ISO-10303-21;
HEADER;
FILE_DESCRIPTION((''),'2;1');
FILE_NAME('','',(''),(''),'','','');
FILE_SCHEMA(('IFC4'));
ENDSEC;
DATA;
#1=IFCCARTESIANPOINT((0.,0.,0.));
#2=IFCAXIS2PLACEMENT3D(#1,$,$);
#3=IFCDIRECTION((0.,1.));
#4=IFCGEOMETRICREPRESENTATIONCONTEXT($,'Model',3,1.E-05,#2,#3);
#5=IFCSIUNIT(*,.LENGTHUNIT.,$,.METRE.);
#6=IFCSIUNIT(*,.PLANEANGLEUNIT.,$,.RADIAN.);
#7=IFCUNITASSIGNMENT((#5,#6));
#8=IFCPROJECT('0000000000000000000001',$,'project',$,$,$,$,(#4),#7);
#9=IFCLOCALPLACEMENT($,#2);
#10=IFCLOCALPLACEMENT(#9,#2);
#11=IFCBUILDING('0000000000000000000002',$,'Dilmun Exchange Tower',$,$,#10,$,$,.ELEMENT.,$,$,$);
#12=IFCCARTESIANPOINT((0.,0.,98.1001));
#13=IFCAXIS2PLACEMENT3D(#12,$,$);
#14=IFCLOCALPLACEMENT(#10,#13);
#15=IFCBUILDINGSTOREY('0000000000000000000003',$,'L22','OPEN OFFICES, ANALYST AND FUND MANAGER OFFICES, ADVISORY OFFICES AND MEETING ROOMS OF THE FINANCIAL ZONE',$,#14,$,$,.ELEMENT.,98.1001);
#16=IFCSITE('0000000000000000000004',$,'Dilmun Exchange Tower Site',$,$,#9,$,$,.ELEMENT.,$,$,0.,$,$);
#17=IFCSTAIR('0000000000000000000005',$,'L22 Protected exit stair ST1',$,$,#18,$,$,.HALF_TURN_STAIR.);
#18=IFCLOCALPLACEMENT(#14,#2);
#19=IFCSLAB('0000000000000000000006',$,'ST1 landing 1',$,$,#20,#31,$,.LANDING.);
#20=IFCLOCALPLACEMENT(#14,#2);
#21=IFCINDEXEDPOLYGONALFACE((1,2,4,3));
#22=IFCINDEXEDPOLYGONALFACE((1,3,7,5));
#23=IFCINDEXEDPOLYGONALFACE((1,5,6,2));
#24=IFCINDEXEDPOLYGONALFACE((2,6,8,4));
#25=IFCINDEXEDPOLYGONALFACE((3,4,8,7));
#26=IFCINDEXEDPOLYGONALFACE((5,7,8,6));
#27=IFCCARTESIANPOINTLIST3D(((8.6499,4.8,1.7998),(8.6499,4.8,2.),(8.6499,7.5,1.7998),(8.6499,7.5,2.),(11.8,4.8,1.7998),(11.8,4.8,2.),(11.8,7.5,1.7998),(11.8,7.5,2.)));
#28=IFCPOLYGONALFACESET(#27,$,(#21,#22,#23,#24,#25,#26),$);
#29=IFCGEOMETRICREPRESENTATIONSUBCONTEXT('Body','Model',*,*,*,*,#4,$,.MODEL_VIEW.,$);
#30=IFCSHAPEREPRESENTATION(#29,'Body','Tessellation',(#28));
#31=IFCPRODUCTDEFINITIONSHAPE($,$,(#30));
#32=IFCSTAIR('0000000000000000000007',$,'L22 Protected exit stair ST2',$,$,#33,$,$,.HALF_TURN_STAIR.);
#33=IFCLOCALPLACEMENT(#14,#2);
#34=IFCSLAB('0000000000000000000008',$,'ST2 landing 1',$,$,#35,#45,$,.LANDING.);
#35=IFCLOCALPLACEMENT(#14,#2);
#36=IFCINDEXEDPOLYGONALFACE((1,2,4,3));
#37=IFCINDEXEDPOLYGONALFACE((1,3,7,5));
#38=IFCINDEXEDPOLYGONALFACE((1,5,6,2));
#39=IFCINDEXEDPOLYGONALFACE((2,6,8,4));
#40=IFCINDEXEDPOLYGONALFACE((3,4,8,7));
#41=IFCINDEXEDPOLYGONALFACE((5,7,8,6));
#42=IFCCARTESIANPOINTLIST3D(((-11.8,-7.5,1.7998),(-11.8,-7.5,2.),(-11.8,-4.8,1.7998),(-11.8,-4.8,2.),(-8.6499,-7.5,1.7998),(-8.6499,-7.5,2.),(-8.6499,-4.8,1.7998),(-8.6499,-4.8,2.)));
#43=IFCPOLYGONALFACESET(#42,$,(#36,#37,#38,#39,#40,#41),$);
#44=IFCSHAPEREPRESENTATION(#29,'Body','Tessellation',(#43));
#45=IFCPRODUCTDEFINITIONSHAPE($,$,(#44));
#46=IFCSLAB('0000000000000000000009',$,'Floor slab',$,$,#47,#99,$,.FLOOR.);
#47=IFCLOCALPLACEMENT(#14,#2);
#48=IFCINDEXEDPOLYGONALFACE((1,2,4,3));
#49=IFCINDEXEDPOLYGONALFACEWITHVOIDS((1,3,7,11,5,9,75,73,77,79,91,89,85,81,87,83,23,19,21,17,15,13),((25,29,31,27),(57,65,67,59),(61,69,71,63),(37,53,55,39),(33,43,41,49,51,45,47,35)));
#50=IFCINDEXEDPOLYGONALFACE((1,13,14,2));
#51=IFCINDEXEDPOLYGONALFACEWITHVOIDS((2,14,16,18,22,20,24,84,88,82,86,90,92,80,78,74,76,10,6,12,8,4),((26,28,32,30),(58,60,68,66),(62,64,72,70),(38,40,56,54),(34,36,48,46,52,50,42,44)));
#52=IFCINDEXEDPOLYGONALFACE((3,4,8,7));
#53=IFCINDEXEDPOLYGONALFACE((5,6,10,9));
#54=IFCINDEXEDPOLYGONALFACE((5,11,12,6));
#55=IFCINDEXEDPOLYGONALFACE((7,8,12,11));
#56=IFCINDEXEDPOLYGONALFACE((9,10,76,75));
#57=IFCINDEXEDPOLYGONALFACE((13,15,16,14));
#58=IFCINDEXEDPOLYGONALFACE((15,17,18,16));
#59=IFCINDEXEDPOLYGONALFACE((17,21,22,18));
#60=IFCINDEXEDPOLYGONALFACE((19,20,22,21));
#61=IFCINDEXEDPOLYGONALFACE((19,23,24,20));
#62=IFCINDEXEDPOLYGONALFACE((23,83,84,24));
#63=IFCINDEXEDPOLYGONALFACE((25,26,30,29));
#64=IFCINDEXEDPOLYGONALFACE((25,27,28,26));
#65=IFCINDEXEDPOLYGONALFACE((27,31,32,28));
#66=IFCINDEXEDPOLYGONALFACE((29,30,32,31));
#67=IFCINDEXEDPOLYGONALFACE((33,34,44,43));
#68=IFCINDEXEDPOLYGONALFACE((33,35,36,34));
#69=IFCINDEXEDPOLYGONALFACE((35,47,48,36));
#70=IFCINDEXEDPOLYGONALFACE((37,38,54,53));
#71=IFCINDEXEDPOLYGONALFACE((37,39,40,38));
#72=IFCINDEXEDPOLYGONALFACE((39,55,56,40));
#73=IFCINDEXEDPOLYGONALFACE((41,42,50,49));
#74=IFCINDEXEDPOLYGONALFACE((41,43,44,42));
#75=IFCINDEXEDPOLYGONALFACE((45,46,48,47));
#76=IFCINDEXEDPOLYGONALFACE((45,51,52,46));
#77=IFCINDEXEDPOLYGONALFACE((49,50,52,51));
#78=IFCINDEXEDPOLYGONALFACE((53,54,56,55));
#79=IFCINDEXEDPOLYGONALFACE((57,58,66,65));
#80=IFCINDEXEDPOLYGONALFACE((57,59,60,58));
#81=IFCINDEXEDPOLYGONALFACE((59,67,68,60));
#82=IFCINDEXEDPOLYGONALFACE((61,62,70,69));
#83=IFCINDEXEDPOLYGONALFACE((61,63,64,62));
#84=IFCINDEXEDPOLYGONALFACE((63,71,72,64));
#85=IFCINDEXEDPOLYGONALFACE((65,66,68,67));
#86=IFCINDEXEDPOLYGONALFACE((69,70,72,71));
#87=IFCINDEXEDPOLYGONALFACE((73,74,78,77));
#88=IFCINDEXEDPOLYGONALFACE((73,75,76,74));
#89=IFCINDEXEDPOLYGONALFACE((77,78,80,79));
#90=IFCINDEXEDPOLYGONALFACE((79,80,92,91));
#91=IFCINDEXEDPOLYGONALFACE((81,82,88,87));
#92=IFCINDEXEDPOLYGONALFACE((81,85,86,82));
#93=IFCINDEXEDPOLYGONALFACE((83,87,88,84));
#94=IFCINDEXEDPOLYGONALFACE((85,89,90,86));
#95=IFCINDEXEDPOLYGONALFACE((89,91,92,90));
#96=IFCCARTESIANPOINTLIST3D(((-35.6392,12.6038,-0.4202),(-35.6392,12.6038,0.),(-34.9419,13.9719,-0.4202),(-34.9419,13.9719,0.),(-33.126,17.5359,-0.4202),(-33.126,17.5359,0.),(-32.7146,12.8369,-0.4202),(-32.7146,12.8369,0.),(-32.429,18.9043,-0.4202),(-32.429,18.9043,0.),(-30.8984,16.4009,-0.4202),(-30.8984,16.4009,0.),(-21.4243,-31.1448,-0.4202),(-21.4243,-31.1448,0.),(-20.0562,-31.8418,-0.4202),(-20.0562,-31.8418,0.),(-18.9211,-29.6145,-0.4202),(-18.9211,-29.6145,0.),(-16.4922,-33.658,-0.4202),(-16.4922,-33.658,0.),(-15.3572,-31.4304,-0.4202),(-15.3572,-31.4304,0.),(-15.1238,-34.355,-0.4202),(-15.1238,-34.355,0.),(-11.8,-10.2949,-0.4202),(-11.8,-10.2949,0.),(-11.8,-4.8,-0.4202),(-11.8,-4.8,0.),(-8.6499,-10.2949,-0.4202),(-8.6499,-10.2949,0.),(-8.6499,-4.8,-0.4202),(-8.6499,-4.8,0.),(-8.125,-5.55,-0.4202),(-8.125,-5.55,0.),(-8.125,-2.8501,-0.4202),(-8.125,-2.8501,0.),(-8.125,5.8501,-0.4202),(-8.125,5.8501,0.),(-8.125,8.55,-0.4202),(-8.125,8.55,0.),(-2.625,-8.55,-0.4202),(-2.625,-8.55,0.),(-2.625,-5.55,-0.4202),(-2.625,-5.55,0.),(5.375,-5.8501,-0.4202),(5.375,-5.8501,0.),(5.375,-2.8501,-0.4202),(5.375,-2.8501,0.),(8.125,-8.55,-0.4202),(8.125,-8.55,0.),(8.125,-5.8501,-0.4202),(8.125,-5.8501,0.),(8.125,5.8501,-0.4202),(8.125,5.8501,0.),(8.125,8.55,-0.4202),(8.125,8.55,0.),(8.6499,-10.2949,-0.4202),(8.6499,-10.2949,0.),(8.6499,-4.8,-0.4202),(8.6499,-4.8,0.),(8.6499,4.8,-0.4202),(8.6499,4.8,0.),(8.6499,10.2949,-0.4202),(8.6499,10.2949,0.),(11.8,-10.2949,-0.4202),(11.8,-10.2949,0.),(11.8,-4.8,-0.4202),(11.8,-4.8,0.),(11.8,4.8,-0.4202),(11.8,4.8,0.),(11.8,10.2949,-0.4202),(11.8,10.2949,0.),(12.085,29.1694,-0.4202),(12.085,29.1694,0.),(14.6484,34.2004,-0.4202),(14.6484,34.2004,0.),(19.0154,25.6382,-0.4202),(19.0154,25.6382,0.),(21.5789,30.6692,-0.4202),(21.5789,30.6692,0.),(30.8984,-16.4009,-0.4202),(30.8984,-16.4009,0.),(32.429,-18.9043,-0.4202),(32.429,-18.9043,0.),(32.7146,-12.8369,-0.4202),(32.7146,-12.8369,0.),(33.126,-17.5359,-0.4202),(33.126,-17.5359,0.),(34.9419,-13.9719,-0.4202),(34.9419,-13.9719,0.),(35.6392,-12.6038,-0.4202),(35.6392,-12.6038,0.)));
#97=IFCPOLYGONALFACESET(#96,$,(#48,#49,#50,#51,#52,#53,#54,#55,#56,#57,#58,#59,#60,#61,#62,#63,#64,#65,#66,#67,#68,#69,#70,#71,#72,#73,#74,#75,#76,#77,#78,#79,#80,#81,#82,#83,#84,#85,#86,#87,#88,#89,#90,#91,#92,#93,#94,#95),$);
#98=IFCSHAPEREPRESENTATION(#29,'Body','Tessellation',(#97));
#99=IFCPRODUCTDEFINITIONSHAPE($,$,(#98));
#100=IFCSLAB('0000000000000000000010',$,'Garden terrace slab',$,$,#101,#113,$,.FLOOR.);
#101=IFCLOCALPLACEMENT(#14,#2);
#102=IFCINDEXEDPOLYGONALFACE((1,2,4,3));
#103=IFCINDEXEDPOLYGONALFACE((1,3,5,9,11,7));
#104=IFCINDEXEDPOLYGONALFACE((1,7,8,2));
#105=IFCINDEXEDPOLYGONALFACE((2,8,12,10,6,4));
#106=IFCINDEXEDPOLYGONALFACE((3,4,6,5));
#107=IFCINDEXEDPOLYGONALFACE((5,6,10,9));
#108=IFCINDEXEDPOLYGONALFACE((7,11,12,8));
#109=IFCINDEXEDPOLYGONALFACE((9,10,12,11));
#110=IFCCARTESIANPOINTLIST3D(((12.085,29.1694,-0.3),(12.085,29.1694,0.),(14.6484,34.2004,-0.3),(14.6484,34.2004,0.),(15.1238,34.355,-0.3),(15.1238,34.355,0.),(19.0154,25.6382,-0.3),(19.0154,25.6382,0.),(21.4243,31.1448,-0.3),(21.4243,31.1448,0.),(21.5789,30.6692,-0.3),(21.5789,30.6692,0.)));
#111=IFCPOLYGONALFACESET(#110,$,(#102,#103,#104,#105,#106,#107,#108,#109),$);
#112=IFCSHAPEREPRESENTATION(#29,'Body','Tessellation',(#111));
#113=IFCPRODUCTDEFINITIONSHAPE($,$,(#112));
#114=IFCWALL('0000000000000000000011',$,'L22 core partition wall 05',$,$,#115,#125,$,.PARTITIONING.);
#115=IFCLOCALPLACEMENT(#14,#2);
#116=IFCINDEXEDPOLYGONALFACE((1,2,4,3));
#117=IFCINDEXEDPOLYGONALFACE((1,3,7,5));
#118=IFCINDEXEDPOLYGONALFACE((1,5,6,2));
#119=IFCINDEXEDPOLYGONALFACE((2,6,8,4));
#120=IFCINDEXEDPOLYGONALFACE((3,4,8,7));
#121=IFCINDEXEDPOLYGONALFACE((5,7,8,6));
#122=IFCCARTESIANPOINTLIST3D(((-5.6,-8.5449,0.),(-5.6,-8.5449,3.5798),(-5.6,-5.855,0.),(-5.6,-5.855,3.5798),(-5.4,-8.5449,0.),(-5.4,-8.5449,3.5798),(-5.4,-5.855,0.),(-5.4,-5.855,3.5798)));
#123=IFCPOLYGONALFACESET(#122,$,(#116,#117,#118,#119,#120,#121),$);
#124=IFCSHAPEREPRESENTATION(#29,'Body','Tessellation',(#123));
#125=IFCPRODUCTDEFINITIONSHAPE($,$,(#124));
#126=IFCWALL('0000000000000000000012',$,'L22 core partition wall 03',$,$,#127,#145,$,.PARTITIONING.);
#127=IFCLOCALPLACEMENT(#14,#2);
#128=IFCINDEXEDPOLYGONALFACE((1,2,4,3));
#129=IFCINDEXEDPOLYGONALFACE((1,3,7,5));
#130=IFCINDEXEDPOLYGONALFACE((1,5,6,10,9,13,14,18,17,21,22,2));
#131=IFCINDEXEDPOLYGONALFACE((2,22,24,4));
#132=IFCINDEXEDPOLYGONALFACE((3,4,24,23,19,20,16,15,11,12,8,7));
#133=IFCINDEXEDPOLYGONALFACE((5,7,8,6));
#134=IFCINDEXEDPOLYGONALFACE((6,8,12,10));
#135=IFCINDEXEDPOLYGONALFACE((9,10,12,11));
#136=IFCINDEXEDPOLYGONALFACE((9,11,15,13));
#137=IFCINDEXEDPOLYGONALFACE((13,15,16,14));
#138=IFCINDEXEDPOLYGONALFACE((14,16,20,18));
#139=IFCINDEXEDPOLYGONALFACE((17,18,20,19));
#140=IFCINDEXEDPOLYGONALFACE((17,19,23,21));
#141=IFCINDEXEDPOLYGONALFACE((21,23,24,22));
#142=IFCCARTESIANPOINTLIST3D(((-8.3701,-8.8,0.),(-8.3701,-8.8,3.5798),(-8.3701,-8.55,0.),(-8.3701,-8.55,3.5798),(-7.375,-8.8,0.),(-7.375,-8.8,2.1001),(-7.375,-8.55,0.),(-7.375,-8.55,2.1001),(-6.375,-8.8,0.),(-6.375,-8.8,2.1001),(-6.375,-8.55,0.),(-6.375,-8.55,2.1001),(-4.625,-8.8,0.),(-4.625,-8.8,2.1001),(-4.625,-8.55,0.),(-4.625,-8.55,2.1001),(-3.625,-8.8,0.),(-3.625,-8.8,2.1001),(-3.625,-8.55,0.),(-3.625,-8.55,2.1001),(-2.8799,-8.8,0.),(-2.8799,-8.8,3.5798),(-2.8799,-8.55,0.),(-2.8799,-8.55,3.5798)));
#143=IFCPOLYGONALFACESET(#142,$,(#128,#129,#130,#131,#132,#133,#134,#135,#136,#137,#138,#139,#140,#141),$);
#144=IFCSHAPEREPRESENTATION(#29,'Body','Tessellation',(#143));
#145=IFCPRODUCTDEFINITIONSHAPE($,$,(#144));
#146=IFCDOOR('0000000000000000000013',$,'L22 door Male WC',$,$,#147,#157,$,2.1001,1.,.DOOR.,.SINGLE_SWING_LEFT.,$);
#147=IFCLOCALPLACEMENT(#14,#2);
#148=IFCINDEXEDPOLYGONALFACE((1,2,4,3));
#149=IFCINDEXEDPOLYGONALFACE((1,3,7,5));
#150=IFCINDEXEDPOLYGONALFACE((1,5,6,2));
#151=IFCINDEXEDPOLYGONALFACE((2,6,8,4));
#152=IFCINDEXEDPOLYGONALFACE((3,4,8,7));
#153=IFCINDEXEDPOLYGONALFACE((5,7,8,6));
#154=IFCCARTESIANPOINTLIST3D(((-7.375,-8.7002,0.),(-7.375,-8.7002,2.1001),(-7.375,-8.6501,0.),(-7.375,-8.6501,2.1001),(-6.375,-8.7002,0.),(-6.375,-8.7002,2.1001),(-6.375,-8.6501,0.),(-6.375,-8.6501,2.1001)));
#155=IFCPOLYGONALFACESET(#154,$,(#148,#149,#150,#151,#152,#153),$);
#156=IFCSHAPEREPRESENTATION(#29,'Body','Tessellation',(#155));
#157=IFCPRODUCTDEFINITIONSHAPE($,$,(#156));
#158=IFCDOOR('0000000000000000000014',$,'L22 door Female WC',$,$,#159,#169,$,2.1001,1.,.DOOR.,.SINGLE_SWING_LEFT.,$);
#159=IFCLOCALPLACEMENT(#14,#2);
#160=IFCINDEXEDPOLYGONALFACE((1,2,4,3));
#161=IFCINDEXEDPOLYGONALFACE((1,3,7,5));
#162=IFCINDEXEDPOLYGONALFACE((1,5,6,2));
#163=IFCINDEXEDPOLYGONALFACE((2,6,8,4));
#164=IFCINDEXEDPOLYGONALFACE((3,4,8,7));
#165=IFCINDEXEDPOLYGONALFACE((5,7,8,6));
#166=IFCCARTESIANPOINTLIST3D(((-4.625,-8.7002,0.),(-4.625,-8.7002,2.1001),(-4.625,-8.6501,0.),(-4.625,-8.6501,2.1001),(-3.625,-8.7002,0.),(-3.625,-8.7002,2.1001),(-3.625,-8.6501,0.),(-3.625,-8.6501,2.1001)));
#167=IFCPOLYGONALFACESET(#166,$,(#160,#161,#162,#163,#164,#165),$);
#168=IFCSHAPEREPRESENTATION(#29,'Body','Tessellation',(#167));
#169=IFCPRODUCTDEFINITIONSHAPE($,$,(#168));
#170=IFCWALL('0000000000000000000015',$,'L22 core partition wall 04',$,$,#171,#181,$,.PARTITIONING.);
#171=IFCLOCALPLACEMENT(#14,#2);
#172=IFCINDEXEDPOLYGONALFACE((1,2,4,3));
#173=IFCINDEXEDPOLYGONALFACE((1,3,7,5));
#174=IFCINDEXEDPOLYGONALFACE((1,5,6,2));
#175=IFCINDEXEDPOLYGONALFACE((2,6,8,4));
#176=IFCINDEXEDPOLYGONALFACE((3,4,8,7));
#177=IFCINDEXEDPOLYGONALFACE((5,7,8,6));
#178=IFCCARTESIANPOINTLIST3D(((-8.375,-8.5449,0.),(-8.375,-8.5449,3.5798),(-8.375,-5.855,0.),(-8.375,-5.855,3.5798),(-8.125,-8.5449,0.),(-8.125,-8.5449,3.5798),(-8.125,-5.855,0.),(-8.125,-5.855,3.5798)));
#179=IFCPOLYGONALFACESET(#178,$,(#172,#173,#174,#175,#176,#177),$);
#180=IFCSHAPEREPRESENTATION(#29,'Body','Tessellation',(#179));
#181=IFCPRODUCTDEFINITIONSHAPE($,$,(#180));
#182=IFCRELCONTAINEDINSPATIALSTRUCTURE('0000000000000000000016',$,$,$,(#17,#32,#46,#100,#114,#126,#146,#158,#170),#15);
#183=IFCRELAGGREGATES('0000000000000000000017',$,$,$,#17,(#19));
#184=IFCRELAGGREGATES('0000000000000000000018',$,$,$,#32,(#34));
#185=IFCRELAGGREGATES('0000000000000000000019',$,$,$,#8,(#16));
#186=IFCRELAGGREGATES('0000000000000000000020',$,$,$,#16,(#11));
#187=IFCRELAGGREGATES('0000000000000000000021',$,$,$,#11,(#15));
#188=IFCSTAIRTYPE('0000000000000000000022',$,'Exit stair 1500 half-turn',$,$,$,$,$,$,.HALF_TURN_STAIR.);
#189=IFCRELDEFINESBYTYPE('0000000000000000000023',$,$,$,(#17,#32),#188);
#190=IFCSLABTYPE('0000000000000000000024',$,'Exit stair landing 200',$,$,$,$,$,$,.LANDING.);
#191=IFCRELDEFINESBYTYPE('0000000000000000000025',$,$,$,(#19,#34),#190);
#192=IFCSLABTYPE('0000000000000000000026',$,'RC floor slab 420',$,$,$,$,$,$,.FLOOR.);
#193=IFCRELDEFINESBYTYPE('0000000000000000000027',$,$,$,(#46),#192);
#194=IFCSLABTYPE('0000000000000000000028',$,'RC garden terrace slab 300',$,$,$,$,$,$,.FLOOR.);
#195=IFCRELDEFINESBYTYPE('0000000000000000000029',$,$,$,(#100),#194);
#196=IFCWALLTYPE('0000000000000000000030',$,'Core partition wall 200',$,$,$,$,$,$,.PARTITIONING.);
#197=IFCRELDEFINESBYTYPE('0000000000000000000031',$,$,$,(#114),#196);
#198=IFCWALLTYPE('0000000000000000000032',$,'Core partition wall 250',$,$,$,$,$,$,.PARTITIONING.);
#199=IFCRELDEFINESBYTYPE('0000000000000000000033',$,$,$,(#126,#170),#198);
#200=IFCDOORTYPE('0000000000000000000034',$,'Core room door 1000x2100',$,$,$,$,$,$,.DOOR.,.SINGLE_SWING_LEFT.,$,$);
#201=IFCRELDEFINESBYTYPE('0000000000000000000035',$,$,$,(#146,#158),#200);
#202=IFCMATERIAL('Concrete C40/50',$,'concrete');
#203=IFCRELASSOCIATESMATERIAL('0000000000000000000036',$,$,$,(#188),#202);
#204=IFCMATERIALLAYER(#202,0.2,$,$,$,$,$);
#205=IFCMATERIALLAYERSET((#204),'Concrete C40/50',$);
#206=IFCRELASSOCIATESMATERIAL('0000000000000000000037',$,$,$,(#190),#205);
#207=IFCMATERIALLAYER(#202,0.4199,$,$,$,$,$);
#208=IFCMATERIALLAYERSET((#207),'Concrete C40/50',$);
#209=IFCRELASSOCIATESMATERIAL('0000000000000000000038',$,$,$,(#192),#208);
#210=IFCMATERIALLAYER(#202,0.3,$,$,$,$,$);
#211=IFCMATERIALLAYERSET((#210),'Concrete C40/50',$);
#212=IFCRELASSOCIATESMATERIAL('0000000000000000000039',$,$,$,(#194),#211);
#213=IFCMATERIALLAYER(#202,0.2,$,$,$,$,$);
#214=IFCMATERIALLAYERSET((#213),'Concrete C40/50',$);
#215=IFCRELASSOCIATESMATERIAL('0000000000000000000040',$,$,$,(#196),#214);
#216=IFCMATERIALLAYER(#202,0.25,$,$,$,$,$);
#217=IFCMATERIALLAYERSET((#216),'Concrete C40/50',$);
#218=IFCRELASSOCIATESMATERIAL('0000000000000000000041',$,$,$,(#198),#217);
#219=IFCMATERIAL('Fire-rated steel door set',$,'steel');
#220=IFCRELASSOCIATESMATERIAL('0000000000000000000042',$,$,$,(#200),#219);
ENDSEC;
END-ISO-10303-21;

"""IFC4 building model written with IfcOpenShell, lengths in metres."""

from ifc_helpers import new_model, si_unit, direction, frame, frame_2d, origin, place, context, subcontext, project, spatial, polyline, rectangle, outline, extrude, material, layer, layer_set, type_object, element, fill, aggregate, save


model = new_model("IFC4")

# Units and contexts
model_context = context("Model", 3, precision=1e-05, world=origin(), true_north=direction((0.0, 1.0)))
body_context = subcontext(model_context, "Body", "Model", "MODEL_VIEW")
ifc_project = project(units=[si_unit("LENGTHUNIT", "METRE"), si_unit("PLANEANGLEUNIT", "RADIAN")], contexts=[model_context])

# Site, building, storey
site_placement = place(None, origin())
site = spatial("IfcSite", under=ifc_project, at=site_placement, Name="Dilmun Exchange Tower Site", CompositionType="ELEMENT", RefElevation=0.0)
building_placement = place(site_placement, origin())
building = spatial("IfcBuilding", under=site, at=building_placement, Name="Dilmun Exchange Tower", CompositionType="ELEMENT")
storey_placement = place(building_placement, frame((0.0, 0.0, 98.1001)))
storey = spatial("IfcBuildingStorey", under=building, at=storey_placement, Name="L22", Description="OPEN OFFICES, ANALYST AND FUND MANAGER OFFICES, ADVISORY OFFICES AND MEETING ROOMS OF THE FINANCIAL ZONE", CompositionType="ELEMENT", Elevation=98.1001)

# Stairs, slabs
ifc_material_1 = material(Name="Concrete C40/50", Category="concrete")
stair_type = type_object("IfcStairType", Name="Exit stair 1500 half-turn", PredefinedType="HALF_TURN_STAIR", material=ifc_material_1)
stair_1_placement = place(storey_placement, origin())
stair_1 = element("IfcStair", 1, at=stair_1_placement, inside=storey, type_object=stair_type, Name="L22 Protected exit stair ST1", PredefinedType="HALF_TURN_STAIR")
ifc_layer_1 = layer(ifc_material_1, 0.2)
ifc_layer_set_1 = layer_set([ifc_layer_1], Name="Concrete C40/50")
slab_type_1 = type_object("IfcSlabType", Name="Exit stair landing 200", PredefinedType="LANDING", material=ifc_layer_set_1)
slab_1_placement = place(storey_placement, frame((0.0, 0.0, 1.7998)))
slab_1 = element("IfcSlab", 2, at=slab_1_placement, type_object=slab_type_1, Name="ST1 landing 1", PredefinedType="LANDING", context=body_context, shape_type="SweptSolid", body=[
    extrude(outline(polyline([(8.6499, 7.5), (8.6499, 4.8), (11.8, 4.8), (11.8, 7.5), (8.6499, 7.5)])), origin(), (0.0, 0.0, 1.0), 0.2002),
])
aggregate(stair_1, [slab_1])
stair_2_placement = place(storey_placement, origin())
stair_2 = element("IfcStair", 3, at=stair_2_placement, inside=storey, type_object=stair_type, Name="L22 Protected exit stair ST2", PredefinedType="HALF_TURN_STAIR")
slab_2_placement = place(storey_placement, frame((0.0, 0.0, 1.7998)))
slab_2 = element("IfcSlab", 4, at=slab_2_placement, type_object=slab_type_1, Name="ST2 landing 1", PredefinedType="LANDING", context=body_context, shape_type="SweptSolid", body=[
    extrude(outline(polyline([(-8.6499, -7.5), (-8.6499, -4.8), (-11.8, -4.8), (-11.8, -7.5), (-8.6499, -7.5)])), origin(), (0.0, 0.0, 1.0), 0.2002),
])
aggregate(stair_2, [slab_2])

# Slabs
ifc_layer_2 = layer(ifc_material_1, 0.4199)
ifc_layer_set_2 = layer_set([ifc_layer_2], Name="Concrete C40/50")
slab_type_2 = type_object("IfcSlabType", Name="RC floor slab 420", PredefinedType="FLOOR", material=ifc_layer_set_2)
slab_3_placement = place(storey_placement, frame((0.0, 0.0, -0.4202)))
element("IfcSlab", 5, at=slab_3_placement, inside=storey, type_object=slab_type_2, Name="Floor slab", PredefinedType="FLOOR", context=body_context, shape_type="SweptSolid", body=[
    extrude(outline(polyline([(34.9419, -13.9719), (32.7146, -12.8369), (30.8984, -16.4009), (33.126, -17.5359), (32.429, -18.9043), (-15.1238, -34.355), (-16.4922, -33.658), (-15.3572, -31.4304), (-18.9211, -29.6145), (-20.0562, -31.8418), (-21.4243, -31.1448), (-35.6392, 12.6038), (-34.9419, 13.9719), (-32.7146, 12.8369), (-30.8984, 16.4009), (-33.126, 17.5359), (-32.429, 18.9043), (14.6484, 34.2004), (12.085, 29.1694), (19.0154, 25.6382), (21.5789, 30.6692), (35.6392, -12.6038), (34.9419, -13.9719)]), holes=[polyline([(-8.6499, -4.8), (-11.8, -4.8), (-11.8, -10.2949), (-8.6499, -10.2949), (-8.6499, -4.8)]), polyline([(11.8, -4.8), (8.6499, -4.8), (8.6499, -10.2949), (11.8, -10.2949), (11.8, -4.8)]), polyline([(-8.125, -2.8501), (-8.125, -5.55), (-2.625, -5.55), (-2.625, -8.55), (8.125, -8.55), (8.125, -5.8501), (5.375, -5.8501), (5.375, -2.8501), (-8.125, -2.8501)]), polyline([(-8.125, 5.8501), (8.125, 5.8501), (8.125, 8.55), (-8.125, 8.55), (-8.125, 5.8501)]), polyline([(8.6499, 10.2949), (8.6499, 4.8), (11.8, 4.8), (11.8, 10.2949), (8.6499, 10.2949)])]), origin(), (0.0, 0.0, 1.0), 0.4202),
])
ifc_layer_3 = layer(ifc_material_1, 0.3)
ifc_layer_set_3 = layer_set([ifc_layer_3], Name="Concrete C40/50")
slab_type_3 = type_object("IfcSlabType", Name="RC garden terrace slab 300", PredefinedType="FLOOR", material=ifc_layer_set_3)
slab_4_placement = place(storey_placement, frame((0.0, 0.0, -0.3)))
element("IfcSlab", 6, at=slab_4_placement, inside=storey, type_object=slab_type_3, Name="Garden terrace slab", PredefinedType="FLOOR", context=body_context, shape_type="SweptSolid", body=[
    extrude(outline(polyline([(12.085, 29.1694), (14.6484, 34.2004), (15.1238, 34.355), (21.4243, 31.1448), (21.5789, 30.6692), (19.0154, 25.6382), (12.085, 29.1694)])), origin(), (0.0, 0.0, 1.0), 0.3),
])

# Wall
ifc_layer_4 = layer(ifc_material_1, 0.2)
ifc_layer_set_4 = layer_set([ifc_layer_4], Name="Concrete C40/50")
wall_type_1 = type_object("IfcWallType", Name="Core partition wall 200", PredefinedType="PARTITIONING", material=ifc_layer_set_4)
wall_1_placement = place(storey_placement, frame((-5.5, -8.5449, 0.0), z_axis=(0.0, 0.0, 1.0), x_axis=(0.0, 1.0, 0.0)))
element("IfcWall", 7, at=wall_1_placement, inside=storey, type_object=wall_type_1, Name="L22 core partition wall 05", PredefinedType="PARTITIONING", context=body_context, shape_type="SweptSolid", body=[
    extrude(rectangle(XDim=2.6899, YDim=0.2, at=frame_2d((1.345, 0.0))), origin(), (0.0, 0.0, 1.0), 3.5798),
])

# Wall, openings, doors
ifc_layer_5 = layer(ifc_material_1, 0.25)
ifc_layer_set_5 = layer_set([ifc_layer_5], Name="Concrete C40/50")
wall_type_2 = type_object("IfcWallType", Name="Core partition wall 250", PredefinedType="PARTITIONING", material=ifc_layer_set_5)
wall_2_placement = place(storey_placement, frame((-8.3701, -8.675, 0.0), z_axis=(0.0, 0.0, 1.0), x_axis=(1.0, 0.0, 0.0)))
wall_2 = element("IfcWall", 8, at=wall_2_placement, inside=storey, type_object=wall_type_2, Name="L22 core partition wall 03", PredefinedType="PARTITIONING", context=body_context, shape_type="SweptSolid", body=[
    extrude(rectangle(XDim=5.4902, YDim=0.25, at=frame_2d((2.7451, 0.0))), origin(), (0.0, 0.0, 1.0), 3.5798),
])
opening_1_placement = place(wall_2_placement, frame((0.9951, 0.0, 0.0)))
opening_1 = element("IfcOpeningElement", 9, at=opening_1_placement, cuts=wall_2, PredefinedType="OPENING", context=body_context, shape_type="SweptSolid", body=[
    extrude(rectangle(XDim=1.0, YDim=2.1001, at=frame_2d((0.5, 1.05))), frame((0.0, 0.135, 0.0), z_axis=(0.0, -1.0, 0.0), x_axis=(1.0, 0.0, 0.0)), (0.0, 0.0, 1.0), 0.27),
])
opening_2_placement = place(wall_2_placement, frame((3.7451, 0.0, 0.0)))
opening_2 = element("IfcOpeningElement", 10, at=opening_2_placement, cuts=wall_2, PredefinedType="OPENING", context=body_context, shape_type="SweptSolid", body=[
    extrude(rectangle(XDim=1.0, YDim=2.1001, at=frame_2d((0.5, 1.05))), frame((0.0, 0.135, 0.0), z_axis=(0.0, -1.0, 0.0), x_axis=(1.0, 0.0, 0.0)), (0.0, 0.0, 1.0), 0.27),
])
ifc_material_2 = material(Name="Fire-rated steel door set", Category="steel")
door_type_1 = type_object("IfcDoorType", Name="Core room door 1000x2100", OperationType="SINGLE_SWING_LEFT", PredefinedType="DOOR", material=ifc_material_2)
door_1_placement = place(opening_1_placement, origin())
door_1 = element("IfcDoor", 11, at=door_1_placement, inside=storey, type_object=door_type_1, Name="L22 door Male WC", OperationType="SINGLE_SWING_LEFT", OverallHeight=2.1001, OverallWidth=1.0, PredefinedType="DOOR", context=body_context, shape_type="SweptSolid", body=[
    extrude(rectangle(XDim=1.0, YDim=2.1001, at=frame_2d((0.5, 1.05))), frame((0.0, 0.0249, 0.0), z_axis=(0.0, -1.0, 0.0), x_axis=(1.0, 0.0, 0.0)), (0.0, 0.0, 1.0), 0.05),
])
fill(opening_1, door_1)
door_2_placement = place(opening_2_placement, origin())
door_2 = element("IfcDoor", 12, at=door_2_placement, inside=storey, type_object=door_type_1, Name="L22 door Female WC", OperationType="SINGLE_SWING_LEFT", OverallHeight=2.1001, OverallWidth=1.0, PredefinedType="DOOR", context=body_context, shape_type="SweptSolid", body=[
    extrude(rectangle(XDim=1.0, YDim=2.1001, at=frame_2d((0.5, 1.05))), frame((0.0, 0.0249, 0.0), z_axis=(0.0, -1.0, 0.0), x_axis=(1.0, 0.0, 0.0)), (0.0, 0.0, 1.0), 0.05),
])
fill(opening_2, door_2)

# Wall
wall_3_placement = place(storey_placement, frame((-8.25, -8.5449, 0.0), z_axis=(0.0, 0.0, 1.0), x_axis=(0.0, 1.0, 0.0)))
element("IfcWall", 13, at=wall_3_placement, inside=storey, type_object=wall_type_2, Name="L22 core partition wall 04", PredefinedType="PARTITIONING", context=body_context, shape_type="SweptSolid", body=[
    extrude(rectangle(XDim=2.6899, YDim=0.25, at=frame_2d((1.345, 0.0))), origin(), (0.0, 0.0, 1.0), 3.5798),
])

save(model, "model.ifc")
